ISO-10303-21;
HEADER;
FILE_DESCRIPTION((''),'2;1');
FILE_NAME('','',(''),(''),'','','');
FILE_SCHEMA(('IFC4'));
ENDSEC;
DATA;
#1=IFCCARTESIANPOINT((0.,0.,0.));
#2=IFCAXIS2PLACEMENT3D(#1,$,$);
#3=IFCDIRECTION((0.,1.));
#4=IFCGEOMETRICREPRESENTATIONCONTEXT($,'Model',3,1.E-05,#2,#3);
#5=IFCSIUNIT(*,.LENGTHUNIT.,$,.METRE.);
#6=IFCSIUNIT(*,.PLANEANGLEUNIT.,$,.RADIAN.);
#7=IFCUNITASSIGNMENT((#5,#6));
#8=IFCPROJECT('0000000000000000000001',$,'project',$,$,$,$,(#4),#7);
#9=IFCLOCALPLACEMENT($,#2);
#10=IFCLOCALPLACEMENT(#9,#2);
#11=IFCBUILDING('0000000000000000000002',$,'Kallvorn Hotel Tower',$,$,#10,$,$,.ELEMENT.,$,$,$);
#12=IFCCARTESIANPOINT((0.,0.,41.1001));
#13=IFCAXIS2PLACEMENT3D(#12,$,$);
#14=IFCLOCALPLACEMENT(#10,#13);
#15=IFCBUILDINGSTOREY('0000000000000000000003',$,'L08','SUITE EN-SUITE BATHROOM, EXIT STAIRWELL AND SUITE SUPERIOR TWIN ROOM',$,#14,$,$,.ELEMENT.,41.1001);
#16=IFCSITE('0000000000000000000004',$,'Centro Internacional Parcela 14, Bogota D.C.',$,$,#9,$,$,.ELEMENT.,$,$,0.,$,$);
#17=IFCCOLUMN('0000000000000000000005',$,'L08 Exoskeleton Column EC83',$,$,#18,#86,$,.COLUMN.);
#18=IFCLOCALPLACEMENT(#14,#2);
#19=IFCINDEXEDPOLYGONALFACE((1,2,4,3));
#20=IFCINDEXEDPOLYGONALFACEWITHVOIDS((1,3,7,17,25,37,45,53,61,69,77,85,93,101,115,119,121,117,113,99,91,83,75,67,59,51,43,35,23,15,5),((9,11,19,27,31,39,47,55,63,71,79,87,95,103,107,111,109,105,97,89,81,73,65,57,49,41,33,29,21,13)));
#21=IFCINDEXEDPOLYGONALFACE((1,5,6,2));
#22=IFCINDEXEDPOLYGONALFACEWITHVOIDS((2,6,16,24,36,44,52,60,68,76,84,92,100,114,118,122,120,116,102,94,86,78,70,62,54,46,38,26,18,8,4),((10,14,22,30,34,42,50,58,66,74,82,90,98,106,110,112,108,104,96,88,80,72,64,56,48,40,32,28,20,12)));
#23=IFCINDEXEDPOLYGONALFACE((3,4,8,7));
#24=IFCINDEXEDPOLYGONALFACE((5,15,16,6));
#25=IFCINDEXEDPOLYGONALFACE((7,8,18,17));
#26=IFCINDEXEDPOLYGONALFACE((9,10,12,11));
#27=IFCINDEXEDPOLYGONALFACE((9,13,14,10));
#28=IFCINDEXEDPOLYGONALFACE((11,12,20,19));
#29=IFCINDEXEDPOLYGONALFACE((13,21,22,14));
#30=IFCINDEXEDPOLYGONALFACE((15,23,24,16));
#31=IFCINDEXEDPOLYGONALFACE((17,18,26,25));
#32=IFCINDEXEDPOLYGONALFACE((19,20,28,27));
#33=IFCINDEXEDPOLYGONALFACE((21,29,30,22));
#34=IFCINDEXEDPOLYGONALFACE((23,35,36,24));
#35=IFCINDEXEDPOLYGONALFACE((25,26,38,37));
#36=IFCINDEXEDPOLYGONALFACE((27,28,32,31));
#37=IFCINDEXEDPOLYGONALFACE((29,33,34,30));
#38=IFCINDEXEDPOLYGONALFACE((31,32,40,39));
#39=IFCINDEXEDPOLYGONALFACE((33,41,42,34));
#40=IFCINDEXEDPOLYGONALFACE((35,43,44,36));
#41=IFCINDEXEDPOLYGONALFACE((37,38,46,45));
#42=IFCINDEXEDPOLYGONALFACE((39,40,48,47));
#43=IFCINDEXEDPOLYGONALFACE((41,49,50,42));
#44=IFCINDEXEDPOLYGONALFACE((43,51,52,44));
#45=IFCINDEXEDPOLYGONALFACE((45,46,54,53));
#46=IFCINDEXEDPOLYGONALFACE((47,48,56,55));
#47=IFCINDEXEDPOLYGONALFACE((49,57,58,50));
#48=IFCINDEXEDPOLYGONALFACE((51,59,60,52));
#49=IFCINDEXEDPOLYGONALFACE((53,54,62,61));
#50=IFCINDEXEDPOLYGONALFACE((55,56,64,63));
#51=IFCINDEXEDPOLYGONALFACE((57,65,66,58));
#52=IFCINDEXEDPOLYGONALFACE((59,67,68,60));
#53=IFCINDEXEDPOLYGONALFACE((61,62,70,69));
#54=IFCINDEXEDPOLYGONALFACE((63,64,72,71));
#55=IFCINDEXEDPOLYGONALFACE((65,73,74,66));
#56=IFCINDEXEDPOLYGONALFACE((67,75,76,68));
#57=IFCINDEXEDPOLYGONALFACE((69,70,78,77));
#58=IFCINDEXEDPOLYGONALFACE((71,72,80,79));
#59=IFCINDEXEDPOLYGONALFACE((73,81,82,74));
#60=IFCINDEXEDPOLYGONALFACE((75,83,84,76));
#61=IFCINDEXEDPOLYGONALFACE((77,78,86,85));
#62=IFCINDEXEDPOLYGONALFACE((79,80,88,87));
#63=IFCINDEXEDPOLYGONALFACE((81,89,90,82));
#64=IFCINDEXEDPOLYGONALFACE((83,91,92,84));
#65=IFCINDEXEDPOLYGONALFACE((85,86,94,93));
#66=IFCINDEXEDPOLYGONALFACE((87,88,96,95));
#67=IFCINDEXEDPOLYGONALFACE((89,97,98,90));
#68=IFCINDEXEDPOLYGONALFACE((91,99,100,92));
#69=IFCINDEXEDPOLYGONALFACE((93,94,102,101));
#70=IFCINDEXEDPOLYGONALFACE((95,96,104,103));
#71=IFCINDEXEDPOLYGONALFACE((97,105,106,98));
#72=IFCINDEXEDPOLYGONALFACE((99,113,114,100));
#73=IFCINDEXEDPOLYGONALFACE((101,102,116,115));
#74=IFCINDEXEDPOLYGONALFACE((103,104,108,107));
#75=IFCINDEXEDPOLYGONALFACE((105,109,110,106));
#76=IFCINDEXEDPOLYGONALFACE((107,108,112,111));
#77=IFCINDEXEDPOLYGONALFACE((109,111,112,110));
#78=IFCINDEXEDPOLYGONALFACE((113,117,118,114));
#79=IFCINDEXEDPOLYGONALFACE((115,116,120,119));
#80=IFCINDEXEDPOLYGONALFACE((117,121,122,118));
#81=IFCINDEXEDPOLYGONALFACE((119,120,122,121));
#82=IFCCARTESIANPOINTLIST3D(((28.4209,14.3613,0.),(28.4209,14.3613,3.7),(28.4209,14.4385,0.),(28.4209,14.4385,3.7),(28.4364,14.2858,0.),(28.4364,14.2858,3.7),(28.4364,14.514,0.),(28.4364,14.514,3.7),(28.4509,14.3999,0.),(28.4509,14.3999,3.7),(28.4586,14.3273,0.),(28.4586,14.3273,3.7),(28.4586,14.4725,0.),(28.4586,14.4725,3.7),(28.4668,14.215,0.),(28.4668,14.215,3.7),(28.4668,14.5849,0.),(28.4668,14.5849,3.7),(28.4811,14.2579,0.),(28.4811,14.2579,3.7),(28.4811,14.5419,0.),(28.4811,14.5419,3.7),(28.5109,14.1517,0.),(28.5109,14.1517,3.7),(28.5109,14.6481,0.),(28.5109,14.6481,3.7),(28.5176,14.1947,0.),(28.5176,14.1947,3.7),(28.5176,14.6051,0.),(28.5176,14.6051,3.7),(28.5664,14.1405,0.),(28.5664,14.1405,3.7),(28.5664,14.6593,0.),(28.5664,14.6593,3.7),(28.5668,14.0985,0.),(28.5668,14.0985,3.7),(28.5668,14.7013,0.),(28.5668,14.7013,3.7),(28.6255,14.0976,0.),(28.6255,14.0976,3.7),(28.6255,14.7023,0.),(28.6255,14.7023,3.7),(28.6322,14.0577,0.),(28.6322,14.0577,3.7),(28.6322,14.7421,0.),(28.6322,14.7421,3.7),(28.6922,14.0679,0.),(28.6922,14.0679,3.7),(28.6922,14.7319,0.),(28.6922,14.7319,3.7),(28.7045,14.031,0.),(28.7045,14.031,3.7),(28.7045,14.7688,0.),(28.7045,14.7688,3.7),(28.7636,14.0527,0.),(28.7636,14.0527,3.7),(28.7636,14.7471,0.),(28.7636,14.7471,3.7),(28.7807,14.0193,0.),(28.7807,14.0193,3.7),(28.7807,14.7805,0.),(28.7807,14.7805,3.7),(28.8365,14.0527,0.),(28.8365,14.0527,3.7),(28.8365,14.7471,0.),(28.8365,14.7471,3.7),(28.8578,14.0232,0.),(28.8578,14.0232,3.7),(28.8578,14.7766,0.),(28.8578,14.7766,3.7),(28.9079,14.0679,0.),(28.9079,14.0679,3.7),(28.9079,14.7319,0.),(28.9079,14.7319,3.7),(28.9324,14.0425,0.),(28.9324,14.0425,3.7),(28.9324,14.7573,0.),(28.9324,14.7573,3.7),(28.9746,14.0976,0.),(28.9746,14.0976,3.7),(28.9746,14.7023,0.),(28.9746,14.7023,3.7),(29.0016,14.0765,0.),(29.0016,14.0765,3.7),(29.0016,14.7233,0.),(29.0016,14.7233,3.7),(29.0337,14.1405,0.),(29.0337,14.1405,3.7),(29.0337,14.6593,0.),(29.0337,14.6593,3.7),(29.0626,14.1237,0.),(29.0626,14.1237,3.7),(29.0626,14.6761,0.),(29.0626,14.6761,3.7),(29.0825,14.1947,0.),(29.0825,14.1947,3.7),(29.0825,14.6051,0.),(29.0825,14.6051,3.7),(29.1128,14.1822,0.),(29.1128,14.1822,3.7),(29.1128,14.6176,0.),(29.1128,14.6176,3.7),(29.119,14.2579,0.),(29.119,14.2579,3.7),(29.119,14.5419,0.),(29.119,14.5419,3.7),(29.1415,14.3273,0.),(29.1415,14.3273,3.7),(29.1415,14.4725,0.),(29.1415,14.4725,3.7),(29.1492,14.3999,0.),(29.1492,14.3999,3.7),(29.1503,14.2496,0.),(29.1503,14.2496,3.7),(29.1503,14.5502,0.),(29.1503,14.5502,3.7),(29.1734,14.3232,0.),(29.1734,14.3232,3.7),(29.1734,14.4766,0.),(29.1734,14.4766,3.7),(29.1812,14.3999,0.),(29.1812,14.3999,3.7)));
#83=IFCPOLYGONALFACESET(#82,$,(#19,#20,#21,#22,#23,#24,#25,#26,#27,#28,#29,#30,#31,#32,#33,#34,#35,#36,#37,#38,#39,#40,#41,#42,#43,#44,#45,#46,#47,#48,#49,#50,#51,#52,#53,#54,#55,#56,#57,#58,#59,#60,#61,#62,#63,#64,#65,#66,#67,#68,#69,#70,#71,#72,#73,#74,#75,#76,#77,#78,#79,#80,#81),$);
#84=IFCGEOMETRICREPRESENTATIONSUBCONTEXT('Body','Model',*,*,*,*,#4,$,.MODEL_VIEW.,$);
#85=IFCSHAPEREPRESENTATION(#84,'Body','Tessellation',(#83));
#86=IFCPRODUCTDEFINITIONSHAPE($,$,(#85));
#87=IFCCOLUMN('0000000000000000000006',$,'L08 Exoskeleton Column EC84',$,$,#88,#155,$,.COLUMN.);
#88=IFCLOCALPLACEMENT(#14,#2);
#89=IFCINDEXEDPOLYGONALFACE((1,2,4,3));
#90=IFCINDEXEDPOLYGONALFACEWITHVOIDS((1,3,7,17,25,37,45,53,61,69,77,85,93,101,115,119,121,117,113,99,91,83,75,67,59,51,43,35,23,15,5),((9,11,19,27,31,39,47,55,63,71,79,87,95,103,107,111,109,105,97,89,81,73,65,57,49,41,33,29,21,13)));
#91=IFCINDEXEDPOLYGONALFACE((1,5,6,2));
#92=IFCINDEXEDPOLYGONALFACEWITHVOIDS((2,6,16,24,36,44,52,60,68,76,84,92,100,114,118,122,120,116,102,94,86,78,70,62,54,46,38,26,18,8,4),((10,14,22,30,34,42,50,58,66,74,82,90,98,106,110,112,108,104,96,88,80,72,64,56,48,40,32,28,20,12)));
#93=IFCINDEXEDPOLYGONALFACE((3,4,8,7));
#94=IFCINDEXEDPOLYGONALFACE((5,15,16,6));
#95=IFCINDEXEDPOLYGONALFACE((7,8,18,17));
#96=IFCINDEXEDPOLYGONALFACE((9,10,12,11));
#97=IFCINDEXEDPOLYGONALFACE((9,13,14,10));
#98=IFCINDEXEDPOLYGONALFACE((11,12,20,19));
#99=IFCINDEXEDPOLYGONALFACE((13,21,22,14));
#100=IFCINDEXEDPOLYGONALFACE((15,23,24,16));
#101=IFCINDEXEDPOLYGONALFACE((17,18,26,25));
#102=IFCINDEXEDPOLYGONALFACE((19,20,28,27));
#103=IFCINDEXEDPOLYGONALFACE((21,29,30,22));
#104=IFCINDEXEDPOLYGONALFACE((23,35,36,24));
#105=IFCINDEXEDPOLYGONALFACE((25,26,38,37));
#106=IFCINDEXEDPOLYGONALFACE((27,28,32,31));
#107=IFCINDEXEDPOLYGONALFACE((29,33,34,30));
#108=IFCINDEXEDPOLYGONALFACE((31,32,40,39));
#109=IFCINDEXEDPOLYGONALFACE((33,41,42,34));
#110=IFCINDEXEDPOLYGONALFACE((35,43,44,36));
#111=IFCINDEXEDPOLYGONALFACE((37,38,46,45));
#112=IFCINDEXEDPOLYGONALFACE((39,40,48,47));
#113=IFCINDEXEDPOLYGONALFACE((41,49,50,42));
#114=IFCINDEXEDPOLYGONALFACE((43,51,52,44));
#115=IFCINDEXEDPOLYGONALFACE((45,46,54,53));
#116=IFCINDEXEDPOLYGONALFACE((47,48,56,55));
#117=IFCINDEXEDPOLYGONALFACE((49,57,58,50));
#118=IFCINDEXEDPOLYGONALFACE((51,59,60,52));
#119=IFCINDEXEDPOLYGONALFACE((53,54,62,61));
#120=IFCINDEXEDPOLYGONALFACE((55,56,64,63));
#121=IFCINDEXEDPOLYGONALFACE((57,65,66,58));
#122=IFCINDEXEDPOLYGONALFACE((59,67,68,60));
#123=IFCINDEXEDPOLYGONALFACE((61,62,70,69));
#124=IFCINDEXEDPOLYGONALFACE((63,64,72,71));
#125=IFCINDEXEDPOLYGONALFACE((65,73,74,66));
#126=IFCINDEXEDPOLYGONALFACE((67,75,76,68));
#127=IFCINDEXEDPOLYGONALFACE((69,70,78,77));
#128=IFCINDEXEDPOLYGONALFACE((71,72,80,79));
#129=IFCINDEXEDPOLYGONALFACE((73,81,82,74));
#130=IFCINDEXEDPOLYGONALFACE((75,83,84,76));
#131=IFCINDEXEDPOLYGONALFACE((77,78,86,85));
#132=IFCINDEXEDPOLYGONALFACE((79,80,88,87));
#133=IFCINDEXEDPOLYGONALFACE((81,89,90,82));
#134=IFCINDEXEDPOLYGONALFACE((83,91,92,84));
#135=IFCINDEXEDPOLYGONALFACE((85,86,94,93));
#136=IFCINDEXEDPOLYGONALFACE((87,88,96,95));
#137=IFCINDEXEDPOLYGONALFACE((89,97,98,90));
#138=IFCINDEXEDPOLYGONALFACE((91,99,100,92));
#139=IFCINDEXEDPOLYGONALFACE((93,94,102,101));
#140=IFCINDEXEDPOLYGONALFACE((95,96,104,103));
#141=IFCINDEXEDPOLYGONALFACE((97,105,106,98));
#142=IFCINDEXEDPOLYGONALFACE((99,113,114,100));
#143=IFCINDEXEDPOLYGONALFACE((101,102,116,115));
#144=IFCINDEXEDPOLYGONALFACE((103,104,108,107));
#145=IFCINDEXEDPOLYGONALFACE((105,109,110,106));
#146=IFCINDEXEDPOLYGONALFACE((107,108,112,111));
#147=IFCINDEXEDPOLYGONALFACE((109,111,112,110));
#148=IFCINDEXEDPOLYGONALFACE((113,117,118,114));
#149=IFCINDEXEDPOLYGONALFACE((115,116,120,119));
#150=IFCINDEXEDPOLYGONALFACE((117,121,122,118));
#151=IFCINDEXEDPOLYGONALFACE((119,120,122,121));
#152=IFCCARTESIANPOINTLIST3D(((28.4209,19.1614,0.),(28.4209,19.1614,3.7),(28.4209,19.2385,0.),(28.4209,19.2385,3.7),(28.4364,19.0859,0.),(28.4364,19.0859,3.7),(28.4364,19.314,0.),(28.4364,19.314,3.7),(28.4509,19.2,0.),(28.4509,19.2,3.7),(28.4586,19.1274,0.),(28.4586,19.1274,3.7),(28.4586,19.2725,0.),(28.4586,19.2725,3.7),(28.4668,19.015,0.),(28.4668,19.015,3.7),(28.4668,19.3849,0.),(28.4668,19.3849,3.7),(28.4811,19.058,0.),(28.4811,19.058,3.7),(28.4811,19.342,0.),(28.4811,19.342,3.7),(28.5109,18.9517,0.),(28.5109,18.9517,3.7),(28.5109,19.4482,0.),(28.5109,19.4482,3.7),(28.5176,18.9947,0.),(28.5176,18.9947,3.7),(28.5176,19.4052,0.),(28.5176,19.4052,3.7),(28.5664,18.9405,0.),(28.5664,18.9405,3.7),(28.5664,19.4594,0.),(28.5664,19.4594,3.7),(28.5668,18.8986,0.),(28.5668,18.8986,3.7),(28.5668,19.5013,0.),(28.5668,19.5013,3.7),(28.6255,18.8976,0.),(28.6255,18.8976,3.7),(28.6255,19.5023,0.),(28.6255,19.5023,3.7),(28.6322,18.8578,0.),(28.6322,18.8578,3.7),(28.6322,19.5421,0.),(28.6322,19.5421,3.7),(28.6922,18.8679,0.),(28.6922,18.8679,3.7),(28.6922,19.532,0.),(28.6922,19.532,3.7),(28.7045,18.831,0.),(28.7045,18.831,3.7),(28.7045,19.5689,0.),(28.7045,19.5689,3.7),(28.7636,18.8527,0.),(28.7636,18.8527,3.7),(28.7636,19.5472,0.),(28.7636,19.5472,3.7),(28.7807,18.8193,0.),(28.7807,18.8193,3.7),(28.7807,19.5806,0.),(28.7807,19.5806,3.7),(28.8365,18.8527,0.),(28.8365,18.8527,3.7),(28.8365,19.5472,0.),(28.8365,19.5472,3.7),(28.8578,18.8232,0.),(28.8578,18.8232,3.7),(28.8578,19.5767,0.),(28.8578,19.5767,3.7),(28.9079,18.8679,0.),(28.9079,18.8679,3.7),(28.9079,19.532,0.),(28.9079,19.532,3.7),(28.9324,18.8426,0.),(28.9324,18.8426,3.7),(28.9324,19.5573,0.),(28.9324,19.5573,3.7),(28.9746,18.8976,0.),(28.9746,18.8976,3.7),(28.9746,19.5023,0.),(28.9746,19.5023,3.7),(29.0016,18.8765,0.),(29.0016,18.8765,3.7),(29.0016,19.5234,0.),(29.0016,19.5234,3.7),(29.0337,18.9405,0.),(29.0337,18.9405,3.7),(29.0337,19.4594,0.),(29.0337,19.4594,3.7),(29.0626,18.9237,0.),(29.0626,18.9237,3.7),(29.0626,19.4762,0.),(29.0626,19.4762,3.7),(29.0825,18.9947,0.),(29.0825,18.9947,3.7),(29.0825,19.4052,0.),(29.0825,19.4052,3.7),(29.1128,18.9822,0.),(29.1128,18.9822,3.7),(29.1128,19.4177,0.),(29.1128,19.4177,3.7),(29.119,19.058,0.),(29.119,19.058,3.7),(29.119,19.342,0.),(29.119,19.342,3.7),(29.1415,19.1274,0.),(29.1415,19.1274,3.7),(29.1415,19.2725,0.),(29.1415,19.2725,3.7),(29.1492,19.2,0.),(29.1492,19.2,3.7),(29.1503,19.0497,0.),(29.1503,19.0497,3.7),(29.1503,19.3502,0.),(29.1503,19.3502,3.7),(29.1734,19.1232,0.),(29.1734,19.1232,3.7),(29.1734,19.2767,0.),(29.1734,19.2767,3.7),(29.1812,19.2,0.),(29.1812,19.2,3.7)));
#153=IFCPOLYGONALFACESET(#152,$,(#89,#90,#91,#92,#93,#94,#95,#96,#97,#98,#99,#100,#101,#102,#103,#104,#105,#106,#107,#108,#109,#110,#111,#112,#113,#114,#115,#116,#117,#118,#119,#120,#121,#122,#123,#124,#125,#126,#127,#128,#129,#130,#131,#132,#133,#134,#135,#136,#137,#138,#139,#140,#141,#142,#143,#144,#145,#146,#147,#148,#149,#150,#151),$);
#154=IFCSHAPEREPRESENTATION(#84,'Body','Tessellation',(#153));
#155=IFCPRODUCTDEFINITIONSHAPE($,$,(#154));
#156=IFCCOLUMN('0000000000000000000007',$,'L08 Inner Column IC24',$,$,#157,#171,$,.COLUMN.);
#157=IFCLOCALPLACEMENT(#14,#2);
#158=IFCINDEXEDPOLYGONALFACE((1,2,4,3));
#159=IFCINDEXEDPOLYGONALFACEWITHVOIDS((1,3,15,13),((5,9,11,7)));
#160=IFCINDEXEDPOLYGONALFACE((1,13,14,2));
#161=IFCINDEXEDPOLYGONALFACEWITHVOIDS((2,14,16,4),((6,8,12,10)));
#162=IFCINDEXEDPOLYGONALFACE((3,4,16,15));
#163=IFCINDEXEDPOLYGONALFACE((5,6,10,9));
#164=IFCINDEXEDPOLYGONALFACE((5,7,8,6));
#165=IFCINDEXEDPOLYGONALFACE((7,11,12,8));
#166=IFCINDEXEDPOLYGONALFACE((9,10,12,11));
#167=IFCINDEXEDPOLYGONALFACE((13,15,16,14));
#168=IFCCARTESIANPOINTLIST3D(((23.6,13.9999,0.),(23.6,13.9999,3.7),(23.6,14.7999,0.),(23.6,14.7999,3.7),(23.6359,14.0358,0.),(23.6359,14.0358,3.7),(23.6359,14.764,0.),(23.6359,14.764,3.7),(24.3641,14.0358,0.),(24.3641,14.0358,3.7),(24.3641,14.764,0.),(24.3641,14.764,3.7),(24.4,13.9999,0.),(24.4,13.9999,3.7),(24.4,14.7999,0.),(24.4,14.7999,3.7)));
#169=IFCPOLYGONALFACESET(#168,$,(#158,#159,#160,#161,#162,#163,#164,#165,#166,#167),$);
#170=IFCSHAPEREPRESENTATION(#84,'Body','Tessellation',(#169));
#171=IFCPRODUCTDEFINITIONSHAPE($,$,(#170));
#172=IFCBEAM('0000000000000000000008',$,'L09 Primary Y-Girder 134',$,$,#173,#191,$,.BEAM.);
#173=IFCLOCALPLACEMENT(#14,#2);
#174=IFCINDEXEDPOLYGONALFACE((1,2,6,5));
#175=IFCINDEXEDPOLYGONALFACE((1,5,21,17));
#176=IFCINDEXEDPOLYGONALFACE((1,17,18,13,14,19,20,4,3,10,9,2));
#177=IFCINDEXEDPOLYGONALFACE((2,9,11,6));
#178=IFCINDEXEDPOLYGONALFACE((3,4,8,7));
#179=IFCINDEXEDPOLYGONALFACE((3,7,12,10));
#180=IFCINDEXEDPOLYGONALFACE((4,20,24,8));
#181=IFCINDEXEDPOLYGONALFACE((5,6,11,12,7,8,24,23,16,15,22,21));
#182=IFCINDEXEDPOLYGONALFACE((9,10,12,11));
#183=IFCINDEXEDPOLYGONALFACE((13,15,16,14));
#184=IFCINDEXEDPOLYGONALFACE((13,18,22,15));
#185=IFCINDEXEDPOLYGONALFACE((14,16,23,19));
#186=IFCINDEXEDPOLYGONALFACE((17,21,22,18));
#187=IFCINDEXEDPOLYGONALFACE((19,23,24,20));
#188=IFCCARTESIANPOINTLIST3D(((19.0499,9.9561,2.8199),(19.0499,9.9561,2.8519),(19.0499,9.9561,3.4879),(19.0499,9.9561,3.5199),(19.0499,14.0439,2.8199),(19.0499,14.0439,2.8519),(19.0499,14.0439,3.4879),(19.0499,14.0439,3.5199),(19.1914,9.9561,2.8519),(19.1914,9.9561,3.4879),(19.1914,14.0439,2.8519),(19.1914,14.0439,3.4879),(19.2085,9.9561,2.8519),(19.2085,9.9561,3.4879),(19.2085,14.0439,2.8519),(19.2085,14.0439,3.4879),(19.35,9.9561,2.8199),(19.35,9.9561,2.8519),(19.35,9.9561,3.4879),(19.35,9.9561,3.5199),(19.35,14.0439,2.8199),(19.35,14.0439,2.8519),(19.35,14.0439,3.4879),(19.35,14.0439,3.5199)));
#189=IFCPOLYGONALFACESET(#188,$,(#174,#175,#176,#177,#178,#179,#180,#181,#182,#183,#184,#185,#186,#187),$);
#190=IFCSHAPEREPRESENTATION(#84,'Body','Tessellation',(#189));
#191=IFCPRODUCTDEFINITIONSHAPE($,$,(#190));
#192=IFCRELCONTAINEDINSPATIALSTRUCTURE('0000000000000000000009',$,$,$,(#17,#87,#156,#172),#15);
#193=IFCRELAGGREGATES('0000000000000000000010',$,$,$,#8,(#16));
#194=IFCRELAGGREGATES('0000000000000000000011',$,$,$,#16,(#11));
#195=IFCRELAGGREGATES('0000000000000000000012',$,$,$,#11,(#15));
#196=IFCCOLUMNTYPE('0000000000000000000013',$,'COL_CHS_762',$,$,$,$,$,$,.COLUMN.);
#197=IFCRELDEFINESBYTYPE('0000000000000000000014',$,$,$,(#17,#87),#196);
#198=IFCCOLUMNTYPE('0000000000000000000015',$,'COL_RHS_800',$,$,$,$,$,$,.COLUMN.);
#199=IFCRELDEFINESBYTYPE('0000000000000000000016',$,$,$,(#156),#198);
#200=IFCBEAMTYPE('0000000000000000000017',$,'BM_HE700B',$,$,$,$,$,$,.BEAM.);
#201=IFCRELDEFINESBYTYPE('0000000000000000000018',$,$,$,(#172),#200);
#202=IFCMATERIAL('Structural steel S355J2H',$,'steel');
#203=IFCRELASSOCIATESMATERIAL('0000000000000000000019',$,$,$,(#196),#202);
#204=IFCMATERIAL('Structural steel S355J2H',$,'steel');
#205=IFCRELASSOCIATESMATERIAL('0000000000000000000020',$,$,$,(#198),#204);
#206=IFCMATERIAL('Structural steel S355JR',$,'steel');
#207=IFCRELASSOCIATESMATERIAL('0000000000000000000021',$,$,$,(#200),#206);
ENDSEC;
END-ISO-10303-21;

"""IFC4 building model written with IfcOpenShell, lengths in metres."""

from ifc_helpers import new_model, si_unit, direction, frame, origin, origin_2d, place, context, subcontext, project, spatial, hollow_rectangle, hollow_circle, i_section, extrude, material, material_profile, profile_set, type_object, element, save


model = new_model("IFC4")

# Units and contexts
model_context = context("Model", 3, precision=1e-05, world=origin(), true_north=direction((0.0, 1.0)))
body_context = subcontext(model_context, "Body", "Model", "MODEL_VIEW")
ifc_project = project(units=[si_unit("LENGTHUNIT", "METRE"), si_unit("PLANEANGLEUNIT", "RADIAN")], contexts=[model_context])

# Site, building, storey
site_placement = place(None, origin())
site = spatial("IfcSite", under=ifc_project, at=site_placement, Name="Centro Internacional Parcela 14, Bogota D.C.", CompositionType="ELEMENT", RefElevation=0.0)
building_placement = place(site_placement, origin())
building = spatial("IfcBuilding", under=site, at=building_placement, Name="Kallvorn Hotel Tower", CompositionType="ELEMENT")
storey_placement = place(building_placement, frame((0.0, 0.0, 41.1001)))
storey = spatial("IfcBuildingStorey", under=building, at=storey_placement, Name="L08", Description="SUITE EN-SUITE BATHROOM, EXIT STAIRWELL AND SUITE SUPERIOR TWIN ROOM", CompositionType="ELEMENT", Elevation=41.1001)

# Columns
ifc_material_1 = material(Name="Structural steel S355J2H", Category="steel")
ifc_material_profile_1 = material_profile(ifc_material_1, hollow_circle(Radius=0.3811, WallThickness=0.032, at=origin_2d()), Name="CHS 762x32")
ifc_profile_set_1 = profile_set([ifc_material_profile_1], Name="Structural steel S355J2H")
column_type_1 = type_object("IfcColumnType", Name="COL_CHS_762", PredefinedType="COLUMN", material=ifc_profile_set_1)
for number, where, z_axis, x_axis, name in (
    (1, (28.8, 14.3999, 0.0), (0.0, 0.0, 1.0), (1.0, 0.0, 0.0), "L08 Exoskeleton Column EC83"),
    (2, (28.8, 19.2, 0.0), (0.0, 0.0, 1.0), (1.0, 0.0, 0.0), "L08 Exoskeleton Column EC84"),
):
    element("IfcColumn", number, at=place(storey_placement, frame(where, z_axis=z_axis, x_axis=x_axis)), inside=storey, type_object=column_type_1, Name=name, PredefinedType="COLUMN", context=body_context, shape_type="SweptSolid", body=[
        extrude(hollow_circle(Radius=0.3811, WallThickness=0.032, at=origin_2d()), origin(), (0.0, 0.0, 1.0), 3.7),
    ])
ifc_material_2 = material(Name="Structural steel S355J2H", Category="steel")
ifc_material_profile_2 = material_profile(ifc_material_2, hollow_rectangle(XDim=0.8, YDim=0.8, WallThickness=0.0359, at=origin_2d()), Name="RHS 800x800x36")
ifc_profile_set_2 = profile_set([ifc_material_profile_2], Name="Structural steel S355J2H")
column_type_2 = type_object("IfcColumnType", Name="COL_RHS_800", PredefinedType="COLUMN", material=ifc_profile_set_2)
column_placement = place(storey_placement, frame((24.0, 14.3999, 0.0), z_axis=(0.0, 0.0, 1.0), x_axis=(1.0, 0.0, 0.0)))
element("IfcColumn", 3, at=column_placement, inside=storey, type_object=column_type_2, Name="L08 Inner Column IC24", PredefinedType="COLUMN", context=body_context, shape_type="SweptSolid", body=[
    extrude(hollow_rectangle(XDim=0.8, YDim=0.8, WallThickness=0.0359, at=origin_2d()), origin(), (0.0, 0.0, 1.0), 3.7),
])

# Beam
ifc_material_3 = material(Name="Structural steel S355JR", Category="steel")
ifc_material_profile_3 = material_profile(ifc_material_3, i_section(OverallWidth=0.3, OverallDepth=0.7, WebThickness=0.0171, FlangeThickness=0.032, at=origin_2d()), Name="HE 700 B")
ifc_profile_set_3 = profile_set([ifc_material_profile_3], Name="Structural steel S355JR")
beam_type_1 = type_object("IfcBeamType", Name="BM_HE700B", PredefinedType="BEAM", material=ifc_profile_set_3)
for number, where, z_axis, x_axis, name in (
    (4, (19.2, 9.9561, 3.1699), (0.0, 1.0, 0.0), (-1.0, 0.0, 0.0), "L09 Primary Y-Girder 134"),
):
    element("IfcBeam", number, at=place(storey_placement, frame(where, z_axis=z_axis, x_axis=x_axis)), inside=storey, type_object=beam_type_1, Name=name, PredefinedType="BEAM", context=body_context, shape_type="SweptSolid", body=[
        extrude(i_section(OverallWidth=0.3, OverallDepth=0.7, WebThickness=0.0171, FlangeThickness=0.032, at=origin_2d()), origin(), (0.0, 0.0, 1.0), 4.0879),
    ])

save(model, "model.ifc")
